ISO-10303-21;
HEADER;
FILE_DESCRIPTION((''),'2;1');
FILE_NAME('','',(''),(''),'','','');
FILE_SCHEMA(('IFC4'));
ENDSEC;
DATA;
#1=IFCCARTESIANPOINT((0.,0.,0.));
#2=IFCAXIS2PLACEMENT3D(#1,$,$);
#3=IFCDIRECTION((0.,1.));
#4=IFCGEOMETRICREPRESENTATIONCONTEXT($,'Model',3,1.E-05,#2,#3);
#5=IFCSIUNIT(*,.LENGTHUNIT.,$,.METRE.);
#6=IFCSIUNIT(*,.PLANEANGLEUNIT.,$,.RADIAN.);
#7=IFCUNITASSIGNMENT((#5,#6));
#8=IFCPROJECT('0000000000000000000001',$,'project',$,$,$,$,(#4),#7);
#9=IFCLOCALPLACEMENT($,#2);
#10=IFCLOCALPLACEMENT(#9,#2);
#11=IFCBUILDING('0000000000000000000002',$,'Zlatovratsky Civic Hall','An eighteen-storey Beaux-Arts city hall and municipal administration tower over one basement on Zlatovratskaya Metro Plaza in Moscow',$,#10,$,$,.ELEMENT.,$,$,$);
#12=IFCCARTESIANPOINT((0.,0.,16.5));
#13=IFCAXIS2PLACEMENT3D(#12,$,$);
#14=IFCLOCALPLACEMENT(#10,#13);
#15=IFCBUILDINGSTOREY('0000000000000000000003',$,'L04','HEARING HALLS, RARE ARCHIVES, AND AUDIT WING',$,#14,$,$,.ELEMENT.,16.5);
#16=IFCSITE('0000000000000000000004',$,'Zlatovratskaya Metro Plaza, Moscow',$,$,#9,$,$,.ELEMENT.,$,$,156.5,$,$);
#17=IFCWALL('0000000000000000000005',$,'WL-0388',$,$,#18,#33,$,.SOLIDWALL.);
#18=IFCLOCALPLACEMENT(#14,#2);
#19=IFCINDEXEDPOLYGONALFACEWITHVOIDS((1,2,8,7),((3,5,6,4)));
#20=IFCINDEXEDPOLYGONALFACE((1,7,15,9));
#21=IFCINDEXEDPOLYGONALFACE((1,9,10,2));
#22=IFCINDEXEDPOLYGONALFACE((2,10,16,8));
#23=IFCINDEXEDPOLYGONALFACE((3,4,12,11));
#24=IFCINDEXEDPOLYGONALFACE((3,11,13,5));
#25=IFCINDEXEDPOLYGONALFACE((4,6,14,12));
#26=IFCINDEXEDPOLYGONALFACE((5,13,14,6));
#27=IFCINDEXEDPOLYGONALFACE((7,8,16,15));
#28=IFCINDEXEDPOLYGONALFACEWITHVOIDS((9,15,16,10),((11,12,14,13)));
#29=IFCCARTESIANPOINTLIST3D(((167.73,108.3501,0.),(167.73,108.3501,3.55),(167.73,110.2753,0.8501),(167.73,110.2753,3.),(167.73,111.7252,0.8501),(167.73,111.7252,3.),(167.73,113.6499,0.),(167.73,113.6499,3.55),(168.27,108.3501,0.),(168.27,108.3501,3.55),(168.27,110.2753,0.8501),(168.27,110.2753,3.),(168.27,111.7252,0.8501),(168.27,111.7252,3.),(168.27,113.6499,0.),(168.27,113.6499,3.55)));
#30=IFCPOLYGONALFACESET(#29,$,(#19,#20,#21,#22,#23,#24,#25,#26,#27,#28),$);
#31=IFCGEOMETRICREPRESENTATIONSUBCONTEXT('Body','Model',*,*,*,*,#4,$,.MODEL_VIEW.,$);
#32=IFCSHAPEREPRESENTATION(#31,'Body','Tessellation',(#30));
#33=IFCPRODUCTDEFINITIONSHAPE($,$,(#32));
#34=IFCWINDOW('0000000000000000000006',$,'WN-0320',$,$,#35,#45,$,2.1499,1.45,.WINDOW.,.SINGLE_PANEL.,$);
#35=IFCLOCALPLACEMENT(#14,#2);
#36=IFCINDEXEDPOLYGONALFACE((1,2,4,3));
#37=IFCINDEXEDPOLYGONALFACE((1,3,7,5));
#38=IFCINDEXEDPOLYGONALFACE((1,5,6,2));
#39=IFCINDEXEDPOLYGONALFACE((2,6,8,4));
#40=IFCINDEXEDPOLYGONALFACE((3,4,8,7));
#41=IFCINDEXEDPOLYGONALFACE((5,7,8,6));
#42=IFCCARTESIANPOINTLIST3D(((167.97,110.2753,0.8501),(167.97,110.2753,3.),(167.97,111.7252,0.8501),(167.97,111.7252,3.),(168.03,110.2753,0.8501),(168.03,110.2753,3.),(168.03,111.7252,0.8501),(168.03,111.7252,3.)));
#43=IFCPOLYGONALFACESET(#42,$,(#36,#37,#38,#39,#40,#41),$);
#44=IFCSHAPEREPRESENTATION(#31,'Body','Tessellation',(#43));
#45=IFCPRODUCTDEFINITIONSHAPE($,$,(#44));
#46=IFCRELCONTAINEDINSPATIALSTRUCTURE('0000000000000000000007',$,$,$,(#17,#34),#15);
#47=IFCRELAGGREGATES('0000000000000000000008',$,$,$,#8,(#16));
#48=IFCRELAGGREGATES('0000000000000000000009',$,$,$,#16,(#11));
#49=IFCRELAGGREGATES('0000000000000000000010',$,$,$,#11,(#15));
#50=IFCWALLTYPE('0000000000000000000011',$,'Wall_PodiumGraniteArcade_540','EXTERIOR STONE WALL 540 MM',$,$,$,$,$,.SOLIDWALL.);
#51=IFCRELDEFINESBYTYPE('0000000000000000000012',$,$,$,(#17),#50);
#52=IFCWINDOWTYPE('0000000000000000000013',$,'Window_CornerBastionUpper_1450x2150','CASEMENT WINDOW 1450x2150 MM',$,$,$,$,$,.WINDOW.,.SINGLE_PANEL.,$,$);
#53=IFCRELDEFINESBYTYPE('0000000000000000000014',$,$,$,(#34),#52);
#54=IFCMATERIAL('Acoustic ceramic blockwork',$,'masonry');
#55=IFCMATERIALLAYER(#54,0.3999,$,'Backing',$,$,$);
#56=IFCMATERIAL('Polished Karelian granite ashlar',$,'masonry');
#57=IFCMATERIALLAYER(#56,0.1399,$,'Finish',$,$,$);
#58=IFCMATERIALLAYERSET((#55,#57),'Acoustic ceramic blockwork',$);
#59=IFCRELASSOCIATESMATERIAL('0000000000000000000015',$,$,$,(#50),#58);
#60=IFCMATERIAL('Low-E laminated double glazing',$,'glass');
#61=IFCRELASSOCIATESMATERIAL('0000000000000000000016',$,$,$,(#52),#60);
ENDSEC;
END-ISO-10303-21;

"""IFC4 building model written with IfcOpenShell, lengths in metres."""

from ifc_helpers import new_model, si_unit, direction, frame, frame_2d, origin, place, context, subcontext, project, spatial, rectangle, extrude, material, layer, layer_set, type_object, element, fill, save


model = new_model("IFC4")

# Units and contexts
model_context = context("Model", 3, precision=1e-05, world=origin(), true_north=direction((0.0, 1.0)))
body_context = subcontext(model_context, "Body", "Model", "MODEL_VIEW")
ifc_project = project(units=[si_unit("LENGTHUNIT", "METRE"), si_unit("PLANEANGLEUNIT", "RADIAN")], contexts=[model_context])

# Site, building, storey
site_placement = place(None, origin())
site = spatial("IfcSite", under=ifc_project, at=site_placement, Name="Zlatovratskaya Metro Plaza, Moscow", CompositionType="ELEMENT", RefElevation=156.5)
building_placement = place(site_placement, origin())
building = spatial("IfcBuilding", under=site, at=building_placement, Name="Zlatovratsky Civic Hall", Description="An eighteen-storey Beaux-Arts city hall and municipal administration tower over one basement on Zlatovratskaya Metro Plaza in Moscow", CompositionType="ELEMENT")
storey_placement = place(building_placement, frame((0.0, 0.0, 16.5)))
storey = spatial("IfcBuildingStorey", under=building, at=storey_placement, Name="L04", Description="HEARING HALLS, RARE ARCHIVES, AND AUDIT WING", CompositionType="ELEMENT", Elevation=16.5)

# Shared definitions
ifc_material_1 = material(Name="Acoustic ceramic blockwork", Category="masonry")
ifc_layer_1 = layer(ifc_material_1, 0.3999, Name="Backing")
ifc_material_2 = material(Name="Polished Karelian granite ashlar", Category="masonry")
ifc_layer_2 = layer(ifc_material_2, 0.1399, Name="Finish")
ifc_layer_set = layer_set([ifc_layer_1, ifc_layer_2], Name="Acoustic ceramic blockwork")
wall_type = type_object("IfcWallType", Name="Wall_PodiumGraniteArcade_540", Description="EXTERIOR STONE WALL 540 MM", PredefinedType="SOLIDWALL", material=ifc_layer_set)
ifc_material_3 = material(Name="Low-E laminated double glazing", Category="glass")
window_type_1 = type_object("IfcWindowType", Name="Window_CornerBastionUpper_1450x2150", Description="CASEMENT WINDOW 1450x2150 MM", PartitioningType="SINGLE_PANEL", PredefinedType="WINDOW", material=ifc_material_3)

# Wall, opening, window
wall_1_placement = place(storey_placement, frame((168.0, 108.3501, 0.0), z_axis=(0.0, 0.0, 1.0), x_axis=(0.0, 1.0, 0.0)))
wall_1 = element("IfcWall", 1, at=wall_1_placement, inside=storey, type_object=wall_type, Name="WL-0388", PredefinedType="SOLIDWALL", context=body_context, shape_type="SweptSolid", body=[
    extrude(rectangle(XDim=5.2998, YDim=0.54, at=frame_2d((2.6499, 0.0))), origin(), (0.0, 0.0, 1.0), 3.55),
])
opening_1_placement = place(wall_1_placement, frame((1.925, 0.0, 0.8501)))
opening_1 = element("IfcOpeningElement", 2, at=opening_1_placement, cuts=wall_1, PredefinedType="OPENING", context=body_context, shape_type="SweptSolid", body=[
    extrude(rectangle(XDim=1.45, YDim=2.1499, at=frame_2d((0.7251, 1.075))), frame((0.0, 0.2849, 0.0), z_axis=(0.0, -1.0, 0.0), x_axis=(1.0, 0.0, 0.0)), (0.0, 0.0, 1.0), 0.5698),
])
window_1_placement = place(opening_1_placement, origin())
window_1 = element("IfcWindow", 3, at=window_1_placement, inside=storey, type_object=window_type_1, Name="WN-0320", OverallHeight=2.1499, OverallWidth=1.45, PartitioningType="SINGLE_PANEL", PredefinedType="WINDOW", context=body_context, shape_type="SweptSolid", body=[
    extrude(rectangle(XDim=1.45, YDim=2.1499, at=frame_2d((0.7251, 1.075))), frame((0.0, 0.03, 0.0), z_axis=(0.0, -1.0, 0.0), x_axis=(1.0, 0.0, 0.0)), (0.0, 0.0, 1.0), 0.0601),
])
fill(opening_1, window_1)

save(model, "model.ifc")
